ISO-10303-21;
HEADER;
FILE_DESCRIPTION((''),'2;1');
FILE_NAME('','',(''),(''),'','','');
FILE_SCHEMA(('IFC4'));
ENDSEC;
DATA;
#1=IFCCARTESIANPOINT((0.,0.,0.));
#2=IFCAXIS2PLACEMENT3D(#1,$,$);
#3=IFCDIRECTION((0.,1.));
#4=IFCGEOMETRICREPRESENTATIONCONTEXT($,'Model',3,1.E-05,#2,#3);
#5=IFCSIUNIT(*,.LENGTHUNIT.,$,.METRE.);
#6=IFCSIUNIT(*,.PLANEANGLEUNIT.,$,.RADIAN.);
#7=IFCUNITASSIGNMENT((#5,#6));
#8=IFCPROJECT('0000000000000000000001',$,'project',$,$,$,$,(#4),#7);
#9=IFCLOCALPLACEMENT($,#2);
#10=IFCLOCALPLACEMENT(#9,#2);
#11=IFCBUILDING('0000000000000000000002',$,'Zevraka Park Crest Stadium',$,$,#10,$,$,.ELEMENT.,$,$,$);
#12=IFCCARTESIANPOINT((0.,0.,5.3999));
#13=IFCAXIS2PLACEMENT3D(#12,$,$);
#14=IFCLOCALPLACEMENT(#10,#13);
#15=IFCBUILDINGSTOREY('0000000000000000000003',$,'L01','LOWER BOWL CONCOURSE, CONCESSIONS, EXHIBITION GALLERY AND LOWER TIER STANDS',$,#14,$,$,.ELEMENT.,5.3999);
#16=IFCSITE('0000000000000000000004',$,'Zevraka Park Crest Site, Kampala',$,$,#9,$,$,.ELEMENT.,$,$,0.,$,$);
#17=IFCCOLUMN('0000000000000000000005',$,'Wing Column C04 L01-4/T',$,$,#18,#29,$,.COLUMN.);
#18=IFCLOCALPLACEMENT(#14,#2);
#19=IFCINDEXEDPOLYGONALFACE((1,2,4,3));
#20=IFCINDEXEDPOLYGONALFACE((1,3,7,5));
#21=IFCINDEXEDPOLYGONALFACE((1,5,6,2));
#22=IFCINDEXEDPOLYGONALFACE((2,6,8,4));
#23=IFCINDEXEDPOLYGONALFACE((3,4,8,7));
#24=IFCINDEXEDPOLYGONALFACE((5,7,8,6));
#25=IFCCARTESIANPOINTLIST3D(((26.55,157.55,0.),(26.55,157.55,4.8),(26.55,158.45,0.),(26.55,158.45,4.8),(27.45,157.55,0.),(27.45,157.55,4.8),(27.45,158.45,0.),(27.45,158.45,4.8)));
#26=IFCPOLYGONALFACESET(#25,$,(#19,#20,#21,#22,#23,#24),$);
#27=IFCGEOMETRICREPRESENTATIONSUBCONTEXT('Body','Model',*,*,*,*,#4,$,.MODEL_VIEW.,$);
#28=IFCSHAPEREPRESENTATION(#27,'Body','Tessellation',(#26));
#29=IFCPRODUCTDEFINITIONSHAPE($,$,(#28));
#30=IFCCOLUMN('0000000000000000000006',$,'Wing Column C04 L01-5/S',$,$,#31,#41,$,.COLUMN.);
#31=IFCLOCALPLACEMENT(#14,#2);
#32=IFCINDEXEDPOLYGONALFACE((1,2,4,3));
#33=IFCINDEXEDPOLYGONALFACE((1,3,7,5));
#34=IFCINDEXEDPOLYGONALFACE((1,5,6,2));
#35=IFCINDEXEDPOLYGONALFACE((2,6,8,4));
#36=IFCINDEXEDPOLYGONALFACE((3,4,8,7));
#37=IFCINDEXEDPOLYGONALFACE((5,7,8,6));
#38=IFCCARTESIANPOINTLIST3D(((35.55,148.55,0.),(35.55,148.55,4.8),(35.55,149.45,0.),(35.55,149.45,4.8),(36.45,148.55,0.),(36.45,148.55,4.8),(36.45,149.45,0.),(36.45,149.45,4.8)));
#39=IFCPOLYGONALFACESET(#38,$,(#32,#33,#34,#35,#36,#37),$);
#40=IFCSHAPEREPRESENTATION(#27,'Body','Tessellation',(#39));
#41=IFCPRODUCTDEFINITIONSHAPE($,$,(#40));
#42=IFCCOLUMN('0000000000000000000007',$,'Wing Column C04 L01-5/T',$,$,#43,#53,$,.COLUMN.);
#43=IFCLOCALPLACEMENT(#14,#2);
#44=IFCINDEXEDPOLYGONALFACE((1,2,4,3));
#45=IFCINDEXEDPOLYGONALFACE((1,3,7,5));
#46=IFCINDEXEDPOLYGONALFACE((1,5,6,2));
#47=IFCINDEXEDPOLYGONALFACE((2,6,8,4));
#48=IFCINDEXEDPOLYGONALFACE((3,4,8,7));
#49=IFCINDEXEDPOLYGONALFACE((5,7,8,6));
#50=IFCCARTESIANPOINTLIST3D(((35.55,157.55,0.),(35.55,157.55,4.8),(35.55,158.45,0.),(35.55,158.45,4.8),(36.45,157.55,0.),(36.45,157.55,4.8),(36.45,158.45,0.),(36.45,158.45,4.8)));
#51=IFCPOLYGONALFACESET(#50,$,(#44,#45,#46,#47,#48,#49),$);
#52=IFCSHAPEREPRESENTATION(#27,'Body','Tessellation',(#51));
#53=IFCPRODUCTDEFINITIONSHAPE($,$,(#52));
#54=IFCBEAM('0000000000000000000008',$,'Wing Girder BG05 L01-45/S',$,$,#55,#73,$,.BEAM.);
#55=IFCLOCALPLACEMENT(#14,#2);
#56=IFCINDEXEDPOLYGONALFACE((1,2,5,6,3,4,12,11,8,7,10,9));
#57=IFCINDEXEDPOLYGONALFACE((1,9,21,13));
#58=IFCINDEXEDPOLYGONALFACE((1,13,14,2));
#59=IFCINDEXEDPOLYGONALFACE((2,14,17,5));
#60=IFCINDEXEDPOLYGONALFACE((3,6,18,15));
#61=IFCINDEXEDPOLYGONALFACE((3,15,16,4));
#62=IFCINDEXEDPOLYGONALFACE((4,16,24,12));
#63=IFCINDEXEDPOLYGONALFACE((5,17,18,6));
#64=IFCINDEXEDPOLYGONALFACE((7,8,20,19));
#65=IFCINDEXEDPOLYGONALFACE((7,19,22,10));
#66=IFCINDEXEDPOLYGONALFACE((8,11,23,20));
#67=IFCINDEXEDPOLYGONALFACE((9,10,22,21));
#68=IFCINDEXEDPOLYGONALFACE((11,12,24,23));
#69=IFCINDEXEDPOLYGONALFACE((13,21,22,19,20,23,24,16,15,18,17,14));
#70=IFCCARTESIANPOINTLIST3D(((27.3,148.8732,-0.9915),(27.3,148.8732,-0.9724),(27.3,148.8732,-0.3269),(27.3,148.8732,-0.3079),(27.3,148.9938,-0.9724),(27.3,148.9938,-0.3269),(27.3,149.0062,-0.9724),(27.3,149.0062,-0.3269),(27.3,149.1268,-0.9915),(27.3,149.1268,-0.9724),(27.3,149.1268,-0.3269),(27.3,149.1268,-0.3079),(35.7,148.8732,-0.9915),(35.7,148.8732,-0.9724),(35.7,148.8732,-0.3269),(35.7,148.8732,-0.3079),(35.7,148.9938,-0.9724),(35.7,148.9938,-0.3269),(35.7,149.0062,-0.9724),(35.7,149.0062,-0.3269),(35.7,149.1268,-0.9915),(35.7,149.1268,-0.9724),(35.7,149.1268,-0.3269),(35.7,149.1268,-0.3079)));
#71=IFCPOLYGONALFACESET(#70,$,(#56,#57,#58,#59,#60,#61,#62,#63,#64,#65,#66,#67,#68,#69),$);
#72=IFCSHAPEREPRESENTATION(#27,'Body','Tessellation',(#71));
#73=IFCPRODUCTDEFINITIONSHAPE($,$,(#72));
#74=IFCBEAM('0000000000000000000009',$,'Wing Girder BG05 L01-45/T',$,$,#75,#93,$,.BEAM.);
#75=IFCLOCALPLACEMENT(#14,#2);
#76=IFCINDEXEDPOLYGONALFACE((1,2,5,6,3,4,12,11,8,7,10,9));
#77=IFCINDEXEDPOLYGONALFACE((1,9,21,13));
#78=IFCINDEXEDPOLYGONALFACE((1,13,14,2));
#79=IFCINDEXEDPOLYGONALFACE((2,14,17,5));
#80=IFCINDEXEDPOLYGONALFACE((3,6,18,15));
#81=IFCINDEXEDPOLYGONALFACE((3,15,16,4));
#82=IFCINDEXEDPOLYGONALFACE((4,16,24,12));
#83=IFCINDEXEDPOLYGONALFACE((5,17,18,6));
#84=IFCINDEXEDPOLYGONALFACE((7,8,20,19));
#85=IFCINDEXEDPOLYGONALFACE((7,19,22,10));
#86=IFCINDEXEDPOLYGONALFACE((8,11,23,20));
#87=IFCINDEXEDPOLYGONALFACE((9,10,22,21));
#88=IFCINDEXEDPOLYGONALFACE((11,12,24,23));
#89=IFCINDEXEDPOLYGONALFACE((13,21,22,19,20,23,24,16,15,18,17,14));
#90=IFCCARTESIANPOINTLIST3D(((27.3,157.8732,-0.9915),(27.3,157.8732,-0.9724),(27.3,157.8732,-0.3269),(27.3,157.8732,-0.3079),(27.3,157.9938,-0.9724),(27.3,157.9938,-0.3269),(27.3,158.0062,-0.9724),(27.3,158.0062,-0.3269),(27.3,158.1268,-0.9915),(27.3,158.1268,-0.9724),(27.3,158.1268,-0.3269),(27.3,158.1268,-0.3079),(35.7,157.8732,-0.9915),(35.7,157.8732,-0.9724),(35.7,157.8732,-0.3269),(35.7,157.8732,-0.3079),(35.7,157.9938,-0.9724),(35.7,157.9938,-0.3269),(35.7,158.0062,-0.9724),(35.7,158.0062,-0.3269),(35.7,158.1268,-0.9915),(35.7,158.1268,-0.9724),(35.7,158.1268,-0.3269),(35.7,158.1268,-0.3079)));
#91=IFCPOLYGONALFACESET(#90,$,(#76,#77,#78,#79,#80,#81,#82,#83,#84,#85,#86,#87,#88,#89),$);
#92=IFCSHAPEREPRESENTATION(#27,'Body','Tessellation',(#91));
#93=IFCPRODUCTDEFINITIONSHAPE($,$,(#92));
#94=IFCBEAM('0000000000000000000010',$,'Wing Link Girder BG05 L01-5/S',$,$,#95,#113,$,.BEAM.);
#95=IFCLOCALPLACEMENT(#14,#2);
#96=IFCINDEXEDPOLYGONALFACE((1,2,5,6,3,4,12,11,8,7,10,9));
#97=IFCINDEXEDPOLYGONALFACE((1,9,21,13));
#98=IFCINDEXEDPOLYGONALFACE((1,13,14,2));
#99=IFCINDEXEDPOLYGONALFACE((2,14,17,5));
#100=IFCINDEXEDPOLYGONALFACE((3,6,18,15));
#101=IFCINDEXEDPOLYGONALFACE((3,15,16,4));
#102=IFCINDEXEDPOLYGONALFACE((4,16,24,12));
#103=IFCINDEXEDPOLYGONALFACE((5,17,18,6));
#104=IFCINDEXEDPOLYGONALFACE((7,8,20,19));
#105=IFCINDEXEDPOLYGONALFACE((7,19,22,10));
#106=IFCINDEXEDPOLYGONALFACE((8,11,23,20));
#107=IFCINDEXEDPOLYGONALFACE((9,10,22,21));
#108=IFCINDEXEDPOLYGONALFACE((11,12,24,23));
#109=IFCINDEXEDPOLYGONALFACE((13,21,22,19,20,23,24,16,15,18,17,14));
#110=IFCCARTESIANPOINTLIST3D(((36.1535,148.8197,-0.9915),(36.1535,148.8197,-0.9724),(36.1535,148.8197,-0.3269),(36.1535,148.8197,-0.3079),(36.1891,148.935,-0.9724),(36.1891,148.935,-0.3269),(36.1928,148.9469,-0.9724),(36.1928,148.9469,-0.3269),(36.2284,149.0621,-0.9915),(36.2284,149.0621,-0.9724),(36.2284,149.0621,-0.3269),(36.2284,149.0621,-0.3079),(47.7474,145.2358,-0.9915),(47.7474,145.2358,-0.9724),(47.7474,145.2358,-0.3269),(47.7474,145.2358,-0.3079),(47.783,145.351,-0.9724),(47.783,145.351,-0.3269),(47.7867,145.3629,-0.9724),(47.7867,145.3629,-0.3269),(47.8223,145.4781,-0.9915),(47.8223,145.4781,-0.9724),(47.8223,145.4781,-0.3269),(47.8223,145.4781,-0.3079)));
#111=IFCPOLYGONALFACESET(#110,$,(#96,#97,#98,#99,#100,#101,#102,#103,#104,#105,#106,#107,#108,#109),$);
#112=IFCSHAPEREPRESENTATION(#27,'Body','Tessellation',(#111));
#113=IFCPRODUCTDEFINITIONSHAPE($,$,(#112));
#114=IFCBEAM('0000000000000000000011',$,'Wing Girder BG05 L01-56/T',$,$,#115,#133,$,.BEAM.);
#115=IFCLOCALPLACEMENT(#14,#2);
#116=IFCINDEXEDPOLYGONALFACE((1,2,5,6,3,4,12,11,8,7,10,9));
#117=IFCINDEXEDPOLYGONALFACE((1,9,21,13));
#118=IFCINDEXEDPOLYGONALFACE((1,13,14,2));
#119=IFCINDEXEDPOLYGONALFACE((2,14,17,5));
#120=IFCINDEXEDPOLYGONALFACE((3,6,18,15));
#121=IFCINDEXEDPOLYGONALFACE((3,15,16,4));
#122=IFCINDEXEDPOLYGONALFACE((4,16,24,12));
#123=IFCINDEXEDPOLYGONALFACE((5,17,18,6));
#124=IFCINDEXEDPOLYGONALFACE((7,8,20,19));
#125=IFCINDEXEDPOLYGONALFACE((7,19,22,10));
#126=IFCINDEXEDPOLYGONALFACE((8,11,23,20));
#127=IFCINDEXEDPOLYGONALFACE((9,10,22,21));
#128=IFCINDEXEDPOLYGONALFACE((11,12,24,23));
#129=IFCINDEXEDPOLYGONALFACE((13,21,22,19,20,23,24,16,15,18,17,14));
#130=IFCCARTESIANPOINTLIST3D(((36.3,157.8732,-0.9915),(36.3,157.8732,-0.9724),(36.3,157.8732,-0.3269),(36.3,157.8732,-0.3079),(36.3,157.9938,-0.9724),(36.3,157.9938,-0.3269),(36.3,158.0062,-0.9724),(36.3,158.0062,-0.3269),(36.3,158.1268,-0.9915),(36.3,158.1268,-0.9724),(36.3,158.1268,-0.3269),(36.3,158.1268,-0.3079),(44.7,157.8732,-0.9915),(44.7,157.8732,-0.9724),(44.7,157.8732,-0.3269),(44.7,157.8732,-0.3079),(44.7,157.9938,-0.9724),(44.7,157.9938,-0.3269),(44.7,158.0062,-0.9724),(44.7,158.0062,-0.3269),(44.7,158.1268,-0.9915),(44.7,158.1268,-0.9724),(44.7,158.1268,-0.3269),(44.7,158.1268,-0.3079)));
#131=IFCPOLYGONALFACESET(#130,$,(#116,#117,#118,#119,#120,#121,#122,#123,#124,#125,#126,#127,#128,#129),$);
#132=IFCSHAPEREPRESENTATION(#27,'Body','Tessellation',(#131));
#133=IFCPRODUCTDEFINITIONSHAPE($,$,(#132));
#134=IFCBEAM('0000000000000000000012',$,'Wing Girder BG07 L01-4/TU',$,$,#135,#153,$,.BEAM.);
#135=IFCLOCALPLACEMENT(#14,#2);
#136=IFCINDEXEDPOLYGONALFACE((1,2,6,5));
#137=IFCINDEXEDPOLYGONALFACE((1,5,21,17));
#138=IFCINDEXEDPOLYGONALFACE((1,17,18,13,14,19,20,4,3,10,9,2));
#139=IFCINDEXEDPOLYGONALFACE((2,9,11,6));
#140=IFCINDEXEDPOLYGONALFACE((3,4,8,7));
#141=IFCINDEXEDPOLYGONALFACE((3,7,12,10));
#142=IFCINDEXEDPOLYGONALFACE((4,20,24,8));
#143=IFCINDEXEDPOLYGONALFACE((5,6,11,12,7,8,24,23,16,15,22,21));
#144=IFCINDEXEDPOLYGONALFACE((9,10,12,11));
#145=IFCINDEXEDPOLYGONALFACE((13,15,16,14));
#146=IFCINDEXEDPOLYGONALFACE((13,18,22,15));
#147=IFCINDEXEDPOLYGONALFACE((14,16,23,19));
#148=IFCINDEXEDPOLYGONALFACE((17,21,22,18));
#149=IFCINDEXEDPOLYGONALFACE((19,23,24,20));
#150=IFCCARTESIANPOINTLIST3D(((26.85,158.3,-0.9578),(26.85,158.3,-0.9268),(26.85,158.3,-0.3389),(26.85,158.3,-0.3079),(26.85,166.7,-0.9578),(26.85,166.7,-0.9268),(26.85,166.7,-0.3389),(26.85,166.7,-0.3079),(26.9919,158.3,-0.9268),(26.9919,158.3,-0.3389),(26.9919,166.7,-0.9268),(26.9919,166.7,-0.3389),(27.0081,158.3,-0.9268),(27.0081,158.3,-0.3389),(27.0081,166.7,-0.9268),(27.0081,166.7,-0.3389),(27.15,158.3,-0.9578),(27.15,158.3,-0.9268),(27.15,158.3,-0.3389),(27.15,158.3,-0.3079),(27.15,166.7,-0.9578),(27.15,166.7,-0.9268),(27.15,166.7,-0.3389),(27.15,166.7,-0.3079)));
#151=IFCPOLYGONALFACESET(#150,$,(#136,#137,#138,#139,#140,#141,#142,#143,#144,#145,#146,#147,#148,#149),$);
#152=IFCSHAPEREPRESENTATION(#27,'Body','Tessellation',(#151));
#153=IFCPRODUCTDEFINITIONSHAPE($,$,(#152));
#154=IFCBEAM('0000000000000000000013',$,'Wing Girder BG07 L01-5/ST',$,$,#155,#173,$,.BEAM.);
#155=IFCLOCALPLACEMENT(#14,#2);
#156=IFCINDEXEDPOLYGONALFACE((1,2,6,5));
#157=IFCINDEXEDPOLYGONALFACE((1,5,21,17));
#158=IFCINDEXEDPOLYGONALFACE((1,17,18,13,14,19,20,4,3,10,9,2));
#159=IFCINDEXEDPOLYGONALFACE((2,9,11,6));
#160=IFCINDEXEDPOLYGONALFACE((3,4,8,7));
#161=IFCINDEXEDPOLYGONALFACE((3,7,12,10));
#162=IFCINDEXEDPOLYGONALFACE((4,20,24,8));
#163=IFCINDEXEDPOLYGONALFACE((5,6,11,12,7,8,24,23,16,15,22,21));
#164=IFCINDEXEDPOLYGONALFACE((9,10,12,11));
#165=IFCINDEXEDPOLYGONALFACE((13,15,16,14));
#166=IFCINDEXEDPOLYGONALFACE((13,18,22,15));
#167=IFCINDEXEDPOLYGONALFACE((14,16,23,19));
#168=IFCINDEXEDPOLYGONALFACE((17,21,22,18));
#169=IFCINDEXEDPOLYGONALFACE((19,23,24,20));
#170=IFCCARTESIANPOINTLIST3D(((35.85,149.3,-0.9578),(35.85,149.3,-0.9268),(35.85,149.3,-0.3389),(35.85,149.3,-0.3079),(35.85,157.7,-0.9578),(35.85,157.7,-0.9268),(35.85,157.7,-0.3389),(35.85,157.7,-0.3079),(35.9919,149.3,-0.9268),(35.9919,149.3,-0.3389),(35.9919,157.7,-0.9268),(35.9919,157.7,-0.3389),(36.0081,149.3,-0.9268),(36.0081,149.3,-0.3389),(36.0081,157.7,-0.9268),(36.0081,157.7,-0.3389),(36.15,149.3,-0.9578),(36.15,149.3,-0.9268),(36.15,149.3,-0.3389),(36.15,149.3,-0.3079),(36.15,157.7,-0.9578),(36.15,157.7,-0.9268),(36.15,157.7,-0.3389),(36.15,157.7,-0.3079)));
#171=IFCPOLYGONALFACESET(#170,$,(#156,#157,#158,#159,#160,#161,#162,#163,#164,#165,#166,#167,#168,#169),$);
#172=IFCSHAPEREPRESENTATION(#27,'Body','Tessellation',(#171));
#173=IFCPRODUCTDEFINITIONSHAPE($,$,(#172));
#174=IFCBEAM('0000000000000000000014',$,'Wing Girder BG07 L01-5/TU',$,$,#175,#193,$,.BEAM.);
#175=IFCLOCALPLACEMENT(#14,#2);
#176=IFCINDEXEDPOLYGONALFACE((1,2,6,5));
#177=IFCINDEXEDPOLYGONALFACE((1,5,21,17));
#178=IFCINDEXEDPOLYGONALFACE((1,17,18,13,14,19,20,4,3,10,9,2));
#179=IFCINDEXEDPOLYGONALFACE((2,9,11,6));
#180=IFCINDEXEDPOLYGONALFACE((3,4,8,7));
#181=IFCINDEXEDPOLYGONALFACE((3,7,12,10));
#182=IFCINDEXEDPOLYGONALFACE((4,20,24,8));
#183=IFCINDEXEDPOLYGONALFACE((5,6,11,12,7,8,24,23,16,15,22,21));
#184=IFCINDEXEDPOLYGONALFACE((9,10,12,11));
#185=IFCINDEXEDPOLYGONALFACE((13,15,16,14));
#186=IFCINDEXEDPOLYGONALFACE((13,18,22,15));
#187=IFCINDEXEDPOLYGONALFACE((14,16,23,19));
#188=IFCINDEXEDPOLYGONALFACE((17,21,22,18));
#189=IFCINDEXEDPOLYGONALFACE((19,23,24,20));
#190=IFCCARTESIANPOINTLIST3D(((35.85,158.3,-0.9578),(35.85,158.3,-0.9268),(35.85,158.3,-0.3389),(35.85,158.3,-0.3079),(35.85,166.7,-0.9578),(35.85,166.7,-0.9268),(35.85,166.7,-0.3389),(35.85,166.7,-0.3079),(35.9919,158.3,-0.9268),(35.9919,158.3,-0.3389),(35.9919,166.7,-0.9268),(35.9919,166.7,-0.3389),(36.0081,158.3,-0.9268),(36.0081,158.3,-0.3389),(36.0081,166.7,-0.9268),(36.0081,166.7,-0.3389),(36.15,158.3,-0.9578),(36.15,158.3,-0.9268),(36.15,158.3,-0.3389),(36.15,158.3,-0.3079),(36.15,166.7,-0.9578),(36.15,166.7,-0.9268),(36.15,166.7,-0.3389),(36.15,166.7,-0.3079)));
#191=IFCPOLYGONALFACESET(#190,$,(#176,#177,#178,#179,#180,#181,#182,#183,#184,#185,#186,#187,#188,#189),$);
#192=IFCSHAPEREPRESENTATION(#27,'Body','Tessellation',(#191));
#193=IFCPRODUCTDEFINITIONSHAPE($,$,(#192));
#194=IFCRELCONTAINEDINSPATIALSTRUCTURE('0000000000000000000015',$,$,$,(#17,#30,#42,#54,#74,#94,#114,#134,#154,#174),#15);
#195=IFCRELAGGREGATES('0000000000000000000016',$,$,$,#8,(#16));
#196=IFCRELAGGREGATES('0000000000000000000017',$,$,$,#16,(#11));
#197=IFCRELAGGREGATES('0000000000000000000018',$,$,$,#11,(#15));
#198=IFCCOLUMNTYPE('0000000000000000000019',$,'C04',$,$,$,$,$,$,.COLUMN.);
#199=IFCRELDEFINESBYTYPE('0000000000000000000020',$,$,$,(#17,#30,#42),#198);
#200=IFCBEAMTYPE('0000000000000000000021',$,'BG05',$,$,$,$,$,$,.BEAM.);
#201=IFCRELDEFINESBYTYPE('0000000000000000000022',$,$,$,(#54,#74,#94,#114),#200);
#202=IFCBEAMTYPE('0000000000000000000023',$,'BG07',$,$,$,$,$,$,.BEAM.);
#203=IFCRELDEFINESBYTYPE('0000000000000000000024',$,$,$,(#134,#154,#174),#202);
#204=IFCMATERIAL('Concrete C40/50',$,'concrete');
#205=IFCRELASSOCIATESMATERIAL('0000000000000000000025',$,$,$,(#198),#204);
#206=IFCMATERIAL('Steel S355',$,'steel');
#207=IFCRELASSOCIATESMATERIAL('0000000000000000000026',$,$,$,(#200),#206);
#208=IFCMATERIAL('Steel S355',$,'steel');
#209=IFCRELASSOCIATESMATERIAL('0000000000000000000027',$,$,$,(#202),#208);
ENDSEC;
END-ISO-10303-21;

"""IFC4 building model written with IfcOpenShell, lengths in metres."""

from ifc_helpers import new_model, si_unit, direction, frame, origin, origin_2d, place, context, subcontext, project, spatial, rectangle, i_section, extrude, material, material_profile, profile_set, type_object, element, save


model = new_model("IFC4")

# Units and contexts
model_context = context("Model", 3, precision=1e-05, world=origin(), true_north=direction((0.0, 1.0)))
body_context = subcontext(model_context, "Body", "Model", "MODEL_VIEW")
ifc_project = project(units=[si_unit("LENGTHUNIT", "METRE"), si_unit("PLANEANGLEUNIT", "RADIAN")], contexts=[model_context])

# Site, building, storey
site_placement = place(None, origin())
site = spatial("IfcSite", under=ifc_project, at=site_placement, Name="Zevraka Park Crest Site, Kampala", CompositionType="ELEMENT", RefElevation=0.0)
building_placement = place(site_placement, origin())
building = spatial("IfcBuilding", under=site, at=building_placement, Name="Zevraka Park Crest Stadium", CompositionType="ELEMENT")
storey_placement = place(building_placement, frame((0.0, 0.0, 5.3999)))
storey = spatial("IfcBuildingStorey", under=building, at=storey_placement, Name="L01", Description="LOWER BOWL CONCOURSE, CONCESSIONS, EXHIBITION GALLERY AND LOWER TIER STANDS", CompositionType="ELEMENT", Elevation=5.3999)

# Columns
ifc_material_1 = material(Name="Concrete C40/50", Category="concrete")
ifc_material_profile_1 = material_profile(ifc_material_1, rectangle(XDim=0.8999, YDim=0.8999, at=origin_2d()), Name="RC 900x900")
ifc_profile_set_1 = profile_set([ifc_material_profile_1], Name="Concrete C40/50")
column_type = type_object("IfcColumnType", Name="C04", PredefinedType="COLUMN", material=ifc_profile_set_1)
for number, where, z_axis, x_axis, name in (
    (1, (27.0, 158.0, 0.0), (0.0, 0.0, 1.0), (1.0, 0.0, 0.0), "Wing Column C04 L01-4/T"),
    (2, (36.0, 149.0, 0.0), (0.0, 0.0, 1.0), (1.0, 0.0, 0.0), "Wing Column C04 L01-5/S"),
    (3, (36.0, 158.0, 0.0), (0.0, 0.0, 1.0), (1.0, 0.0, 0.0), "Wing Column C04 L01-5/T"),
):
    element("IfcColumn", number, at=place(storey_placement, frame(where, z_axis=z_axis, x_axis=x_axis)), inside=storey, type_object=column_type, Name=name, PredefinedType="COLUMN", context=body_context, shape_type="SweptSolid", body=[
        extrude(rectangle(XDim=0.8999, YDim=0.8999, at=origin_2d()), origin(), (0.0, 0.0, 1.0), 4.8),
    ])

# Beams
ifc_material_2 = material(Name="Steel S355", Category="steel")
ifc_material_profile_2 = material_profile(ifc_material_2, i_section(OverallWidth=0.2537, OverallDepth=0.6836, WebThickness=0.0125, FlangeThickness=0.019, at=origin_2d()), Name="UKB 686x254x140")
ifc_profile_set_2 = profile_set([ifc_material_profile_2], Name="Steel S355")
beam_type_1 = type_object("IfcBeamType", Name="BG05", PredefinedType="BEAM", material=ifc_profile_set_2)
for number, where, z_axis, x_axis, name in (
    (4, (27.3, 149.0, -0.6497), (1.0, 0.0, 0.0), (0.0, 1.0, 0.0), "Wing Girder BG05 L01-45/S"),
    (5, (27.3, 158.0, -0.6497), (1.0, 0.0, 0.0), (0.0, 1.0, 0.0), "Wing Girder BG05 L01-45/T"),
):
    element("IfcBeam", number, at=place(storey_placement, frame(where, z_axis=z_axis, x_axis=x_axis)), inside=storey, type_object=beam_type_1, Name=name, PredefinedType="BEAM", context=body_context, shape_type="SweptSolid", body=[
        extrude(i_section(OverallWidth=0.2537, OverallDepth=0.6836, WebThickness=0.0125, FlangeThickness=0.019, at=origin_2d()), origin(), (0.0, 0.0, 1.0), 8.3999),
    ])
beam_1_placement = place(storey_placement, frame((36.1909, 148.9409, -0.6497), z_axis=(0.955394, -0.295335, 0.0), x_axis=(0.295335, 0.955394, 0.0)))
element("IfcBeam", 6, at=beam_1_placement, inside=storey, type_object=beam_type_1, Name="Wing Link Girder BG05 L01-5/S", PredefinedType="BEAM", context=body_context, shape_type="SweptSolid", body=[
    extrude(i_section(OverallWidth=0.2537, OverallDepth=0.6836, WebThickness=0.0125, FlangeThickness=0.019, at=origin_2d()), origin(), (0.0, 0.0, 1.0), 12.1353),
])
beam_2_placement = place(storey_placement, frame((36.3, 158.0, -0.6497), z_axis=(1.0, 0.0, 0.0), x_axis=(0.0, 1.0, 0.0)))
element("IfcBeam", 7, at=beam_2_placement, inside=storey, type_object=beam_type_1, Name="Wing Girder BG05 L01-56/T", PredefinedType="BEAM", context=body_context, shape_type="SweptSolid", body=[
    extrude(i_section(OverallWidth=0.2537, OverallDepth=0.6836, WebThickness=0.0125, FlangeThickness=0.019, at=origin_2d()), origin(), (0.0, 0.0, 1.0), 8.3999),
])
ifc_material_3 = material(Name="Steel S355", Category="steel")
ifc_material_profile_3 = material_profile(ifc_material_3, i_section(OverallWidth=0.3, OverallDepth=0.6499, WebThickness=0.0161, FlangeThickness=0.031, at=origin_2d()), Name="HEB 650")
ifc_profile_set_3 = profile_set([ifc_material_profile_3], Name="Steel S355")
beam_type_2 = type_object("IfcBeamType", Name="BG07", PredefinedType="BEAM", material=ifc_profile_set_3)
for number, where, z_axis, x_axis, name in (
    (8, (27.0, 158.3, -0.6328), (0.0, 1.0, 0.0), (-1.0, 0.0, 0.0), "Wing Girder BG07 L01-4/TU"),
    (9, (36.0, 149.3, -0.6328), (0.0, 1.0, 0.0), (-1.0, 0.0, 0.0), "Wing Girder BG07 L01-5/ST"),
    (10, (36.0, 158.3, -0.6328), (0.0, 1.0, 0.0), (-1.0, 0.0, 0.0), "Wing Girder BG07 L01-5/TU"),
):
    element("IfcBeam", number, at=place(storey_placement, frame(where, z_axis=z_axis, x_axis=x_axis)), inside=storey, type_object=beam_type_2, Name=name, PredefinedType="BEAM", context=body_context, shape_type="SweptSolid", body=[
        extrude(i_section(OverallWidth=0.3, OverallDepth=0.6499, WebThickness=0.0161, FlangeThickness=0.031, at=origin_2d()), origin(), (0.0, 0.0, 1.0), 8.3999),
    ])

save(model, "model.ifc")
